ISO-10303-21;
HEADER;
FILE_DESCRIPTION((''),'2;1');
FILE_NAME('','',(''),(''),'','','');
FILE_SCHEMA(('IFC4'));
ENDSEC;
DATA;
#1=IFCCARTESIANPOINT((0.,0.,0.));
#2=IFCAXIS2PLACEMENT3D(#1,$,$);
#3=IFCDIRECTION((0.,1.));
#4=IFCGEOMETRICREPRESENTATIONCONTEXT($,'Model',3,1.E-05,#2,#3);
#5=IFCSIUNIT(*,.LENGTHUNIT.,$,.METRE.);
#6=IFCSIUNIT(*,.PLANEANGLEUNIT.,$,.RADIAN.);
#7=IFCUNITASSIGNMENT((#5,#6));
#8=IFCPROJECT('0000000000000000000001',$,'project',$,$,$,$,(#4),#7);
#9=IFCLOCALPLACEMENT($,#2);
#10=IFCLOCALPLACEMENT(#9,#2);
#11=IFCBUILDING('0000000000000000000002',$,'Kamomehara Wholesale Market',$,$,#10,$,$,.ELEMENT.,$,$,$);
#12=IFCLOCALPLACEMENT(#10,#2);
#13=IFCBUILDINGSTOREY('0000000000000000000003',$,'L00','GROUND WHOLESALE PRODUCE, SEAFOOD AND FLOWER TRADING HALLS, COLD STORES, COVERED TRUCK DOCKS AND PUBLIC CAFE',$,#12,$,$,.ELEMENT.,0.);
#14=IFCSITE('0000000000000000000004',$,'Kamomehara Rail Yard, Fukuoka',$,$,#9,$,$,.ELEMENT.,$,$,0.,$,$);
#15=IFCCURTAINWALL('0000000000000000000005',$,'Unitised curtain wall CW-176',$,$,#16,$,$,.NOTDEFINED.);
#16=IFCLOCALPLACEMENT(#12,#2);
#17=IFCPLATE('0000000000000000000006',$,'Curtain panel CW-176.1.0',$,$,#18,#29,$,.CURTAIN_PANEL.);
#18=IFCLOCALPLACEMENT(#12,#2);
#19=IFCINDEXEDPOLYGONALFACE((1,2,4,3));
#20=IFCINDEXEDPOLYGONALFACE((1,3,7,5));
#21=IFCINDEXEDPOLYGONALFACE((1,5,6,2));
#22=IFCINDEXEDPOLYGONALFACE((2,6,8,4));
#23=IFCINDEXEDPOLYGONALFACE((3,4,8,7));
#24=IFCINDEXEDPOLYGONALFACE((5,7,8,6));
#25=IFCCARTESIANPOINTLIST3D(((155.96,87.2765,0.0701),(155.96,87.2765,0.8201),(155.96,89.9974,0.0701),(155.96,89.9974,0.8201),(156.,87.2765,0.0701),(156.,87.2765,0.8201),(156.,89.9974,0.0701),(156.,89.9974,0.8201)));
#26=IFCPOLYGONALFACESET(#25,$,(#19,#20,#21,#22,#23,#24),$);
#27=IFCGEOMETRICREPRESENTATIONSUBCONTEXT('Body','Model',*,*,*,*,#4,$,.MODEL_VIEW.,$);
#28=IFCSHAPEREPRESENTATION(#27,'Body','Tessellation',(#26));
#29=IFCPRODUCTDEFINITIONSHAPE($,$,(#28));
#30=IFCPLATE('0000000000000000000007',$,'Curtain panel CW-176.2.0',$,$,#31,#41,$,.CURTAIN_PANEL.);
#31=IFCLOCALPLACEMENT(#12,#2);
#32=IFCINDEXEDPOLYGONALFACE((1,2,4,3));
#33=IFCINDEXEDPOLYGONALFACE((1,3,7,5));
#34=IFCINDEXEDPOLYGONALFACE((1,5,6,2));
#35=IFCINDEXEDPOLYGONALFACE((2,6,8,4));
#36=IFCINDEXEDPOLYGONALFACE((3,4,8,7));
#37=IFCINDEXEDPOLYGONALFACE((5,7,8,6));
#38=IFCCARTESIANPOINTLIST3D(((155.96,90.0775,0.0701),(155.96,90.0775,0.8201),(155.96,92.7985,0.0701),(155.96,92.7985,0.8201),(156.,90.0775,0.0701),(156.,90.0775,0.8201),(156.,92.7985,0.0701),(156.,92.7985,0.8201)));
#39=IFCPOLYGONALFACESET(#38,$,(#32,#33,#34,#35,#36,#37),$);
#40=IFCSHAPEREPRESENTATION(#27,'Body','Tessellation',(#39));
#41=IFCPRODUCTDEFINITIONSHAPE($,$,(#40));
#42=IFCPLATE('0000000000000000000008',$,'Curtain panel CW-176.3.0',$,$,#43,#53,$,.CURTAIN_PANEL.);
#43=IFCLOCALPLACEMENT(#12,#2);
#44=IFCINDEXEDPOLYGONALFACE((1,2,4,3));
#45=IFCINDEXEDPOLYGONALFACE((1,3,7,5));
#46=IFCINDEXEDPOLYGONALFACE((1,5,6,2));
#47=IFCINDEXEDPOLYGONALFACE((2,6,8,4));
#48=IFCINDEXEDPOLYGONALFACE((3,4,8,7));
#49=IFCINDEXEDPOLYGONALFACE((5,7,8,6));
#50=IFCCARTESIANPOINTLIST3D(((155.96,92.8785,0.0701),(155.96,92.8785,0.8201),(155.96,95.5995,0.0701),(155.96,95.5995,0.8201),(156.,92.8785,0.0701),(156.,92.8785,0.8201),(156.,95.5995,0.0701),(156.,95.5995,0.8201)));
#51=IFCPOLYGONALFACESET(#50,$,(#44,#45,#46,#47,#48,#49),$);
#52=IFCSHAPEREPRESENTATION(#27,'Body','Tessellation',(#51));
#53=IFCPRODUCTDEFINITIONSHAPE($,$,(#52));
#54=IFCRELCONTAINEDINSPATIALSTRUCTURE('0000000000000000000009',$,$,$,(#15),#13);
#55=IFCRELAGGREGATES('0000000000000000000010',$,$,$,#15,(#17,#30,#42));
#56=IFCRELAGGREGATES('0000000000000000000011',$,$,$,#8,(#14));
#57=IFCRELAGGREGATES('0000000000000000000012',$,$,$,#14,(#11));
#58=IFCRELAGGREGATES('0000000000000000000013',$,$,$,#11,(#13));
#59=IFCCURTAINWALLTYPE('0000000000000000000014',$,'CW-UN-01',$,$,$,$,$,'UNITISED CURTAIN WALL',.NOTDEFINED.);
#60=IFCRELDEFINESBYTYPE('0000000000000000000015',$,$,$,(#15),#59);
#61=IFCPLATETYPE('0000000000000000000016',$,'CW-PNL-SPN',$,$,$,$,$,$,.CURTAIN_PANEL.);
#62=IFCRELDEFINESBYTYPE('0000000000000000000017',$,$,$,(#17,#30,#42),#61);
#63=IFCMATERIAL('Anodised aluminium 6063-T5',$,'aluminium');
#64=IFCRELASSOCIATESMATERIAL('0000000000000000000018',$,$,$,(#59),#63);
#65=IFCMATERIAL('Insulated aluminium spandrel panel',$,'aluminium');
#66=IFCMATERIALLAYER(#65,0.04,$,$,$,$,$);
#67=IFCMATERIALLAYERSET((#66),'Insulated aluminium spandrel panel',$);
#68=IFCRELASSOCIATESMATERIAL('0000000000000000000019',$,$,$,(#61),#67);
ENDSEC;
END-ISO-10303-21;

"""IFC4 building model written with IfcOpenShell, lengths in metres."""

from ifc_helpers import new_model, si_unit, direction, frame, origin, origin_2d, place, context, subcontext, project, spatial, rectangle, extrude, material, layer, layer_set, type_object, element, aggregate, save


model = new_model("IFC4")

# Units and contexts
model_context = context("Model", 3, precision=1e-05, world=origin(), true_north=direction((0.0, 1.0)))
body_context = subcontext(model_context, "Body", "Model", "MODEL_VIEW")
ifc_project = project(units=[si_unit("LENGTHUNIT", "METRE"), si_unit("PLANEANGLEUNIT", "RADIAN")], contexts=[model_context])

# Site, building, storey
site_placement = place(None, origin())
site = spatial("IfcSite", under=ifc_project, at=site_placement, Name="Kamomehara Rail Yard, Fukuoka", CompositionType="ELEMENT", RefElevation=0.0)
building_placement = place(site_placement, origin())
building = spatial("IfcBuilding", under=site, at=building_placement, Name="Kamomehara Wholesale Market", CompositionType="ELEMENT")
storey_placement = place(building_placement, origin())
storey = spatial("IfcBuildingStorey", under=building, at=storey_placement, Name="L00", Description="GROUND WHOLESALE PRODUCE, SEAFOOD AND FLOWER TRADING HALLS, COLD STORES, COVERED TRUCK DOCKS AND PUBLIC CAFE", CompositionType="ELEMENT", Elevation=0.0)

# Curtain wall
ifc_material_1 = material(Name="Anodised aluminium 6063-T5", Category="aluminium")
curtain_wall_type_1 = type_object("IfcCurtainWallType", Name="CW-UN-01", ElementType="UNITISED CURTAIN WALL", PredefinedType="NOTDEFINED", material=ifc_material_1)
curtain_wall_1_placement = place(storey_placement, origin())
curtain_wall_1 = element("IfcCurtainWall", 1, at=curtain_wall_1_placement, inside=storey, type_object=curtain_wall_type_1, Name="Unitised curtain wall CW-176", PredefinedType="NOTDEFINED")

# Plates
ifc_material_2 = material(Name="Insulated aluminium spandrel panel", Category="aluminium")
ifc_layer_1 = layer(ifc_material_2, 0.04)
ifc_layer_set_1 = layer_set([ifc_layer_1], Name="Insulated aluminium spandrel panel")
plate_type_1 = type_object("IfcPlateType", Name="CW-PNL-SPN", PredefinedType="CURTAIN_PANEL", material=ifc_layer_set_1)
plate_1_placement = place(storey_placement, frame((155.98, 88.637, 0.0701), z_axis=(0.0, 0.0, 1.0), x_axis=(0.0, 1.0, 0.0)))
plate_1 = element("IfcPlate", 2, at=plate_1_placement, type_object=plate_type_1, Name="Curtain panel CW-176.1.0", PredefinedType="CURTAIN_PANEL", context=body_context, shape_type="SweptSolid", body=[
    extrude(rectangle(XDim=2.7209, YDim=0.04, at=origin_2d()), origin(), (0.0, 0.0, 1.0), 0.75),
])
plate_2_placement = place(storey_placement, frame((155.98, 91.438, 0.0701), z_axis=(0.0, 0.0, 1.0), x_axis=(0.0, 1.0, 0.0)))
plate_2 = element("IfcPlate", 3, at=plate_2_placement, type_object=plate_type_1, Name="Curtain panel CW-176.2.0", PredefinedType="CURTAIN_PANEL", context=body_context, shape_type="SweptSolid", body=[
    extrude(rectangle(XDim=2.7209, YDim=0.04, at=origin_2d()), origin(), (0.0, 0.0, 1.0), 0.75),
])
plate_3_placement = place(storey_placement, frame((155.98, 94.239, 0.0701), z_axis=(0.0, 0.0, 1.0), x_axis=(0.0, 1.0, 0.0)))
plate_3 = element("IfcPlate", 4, at=plate_3_placement, type_object=plate_type_1, Name="Curtain panel CW-176.3.0", PredefinedType="CURTAIN_PANEL", context=body_context, shape_type="SweptSolid", body=[
    extrude(rectangle(XDim=2.7209, YDim=0.04, at=origin_2d()), origin(), (0.0, 0.0, 1.0), 0.75),
])
aggregate(curtain_wall_1, [plate_1, plate_2, plate_3])

save(model, "model.ifc")
